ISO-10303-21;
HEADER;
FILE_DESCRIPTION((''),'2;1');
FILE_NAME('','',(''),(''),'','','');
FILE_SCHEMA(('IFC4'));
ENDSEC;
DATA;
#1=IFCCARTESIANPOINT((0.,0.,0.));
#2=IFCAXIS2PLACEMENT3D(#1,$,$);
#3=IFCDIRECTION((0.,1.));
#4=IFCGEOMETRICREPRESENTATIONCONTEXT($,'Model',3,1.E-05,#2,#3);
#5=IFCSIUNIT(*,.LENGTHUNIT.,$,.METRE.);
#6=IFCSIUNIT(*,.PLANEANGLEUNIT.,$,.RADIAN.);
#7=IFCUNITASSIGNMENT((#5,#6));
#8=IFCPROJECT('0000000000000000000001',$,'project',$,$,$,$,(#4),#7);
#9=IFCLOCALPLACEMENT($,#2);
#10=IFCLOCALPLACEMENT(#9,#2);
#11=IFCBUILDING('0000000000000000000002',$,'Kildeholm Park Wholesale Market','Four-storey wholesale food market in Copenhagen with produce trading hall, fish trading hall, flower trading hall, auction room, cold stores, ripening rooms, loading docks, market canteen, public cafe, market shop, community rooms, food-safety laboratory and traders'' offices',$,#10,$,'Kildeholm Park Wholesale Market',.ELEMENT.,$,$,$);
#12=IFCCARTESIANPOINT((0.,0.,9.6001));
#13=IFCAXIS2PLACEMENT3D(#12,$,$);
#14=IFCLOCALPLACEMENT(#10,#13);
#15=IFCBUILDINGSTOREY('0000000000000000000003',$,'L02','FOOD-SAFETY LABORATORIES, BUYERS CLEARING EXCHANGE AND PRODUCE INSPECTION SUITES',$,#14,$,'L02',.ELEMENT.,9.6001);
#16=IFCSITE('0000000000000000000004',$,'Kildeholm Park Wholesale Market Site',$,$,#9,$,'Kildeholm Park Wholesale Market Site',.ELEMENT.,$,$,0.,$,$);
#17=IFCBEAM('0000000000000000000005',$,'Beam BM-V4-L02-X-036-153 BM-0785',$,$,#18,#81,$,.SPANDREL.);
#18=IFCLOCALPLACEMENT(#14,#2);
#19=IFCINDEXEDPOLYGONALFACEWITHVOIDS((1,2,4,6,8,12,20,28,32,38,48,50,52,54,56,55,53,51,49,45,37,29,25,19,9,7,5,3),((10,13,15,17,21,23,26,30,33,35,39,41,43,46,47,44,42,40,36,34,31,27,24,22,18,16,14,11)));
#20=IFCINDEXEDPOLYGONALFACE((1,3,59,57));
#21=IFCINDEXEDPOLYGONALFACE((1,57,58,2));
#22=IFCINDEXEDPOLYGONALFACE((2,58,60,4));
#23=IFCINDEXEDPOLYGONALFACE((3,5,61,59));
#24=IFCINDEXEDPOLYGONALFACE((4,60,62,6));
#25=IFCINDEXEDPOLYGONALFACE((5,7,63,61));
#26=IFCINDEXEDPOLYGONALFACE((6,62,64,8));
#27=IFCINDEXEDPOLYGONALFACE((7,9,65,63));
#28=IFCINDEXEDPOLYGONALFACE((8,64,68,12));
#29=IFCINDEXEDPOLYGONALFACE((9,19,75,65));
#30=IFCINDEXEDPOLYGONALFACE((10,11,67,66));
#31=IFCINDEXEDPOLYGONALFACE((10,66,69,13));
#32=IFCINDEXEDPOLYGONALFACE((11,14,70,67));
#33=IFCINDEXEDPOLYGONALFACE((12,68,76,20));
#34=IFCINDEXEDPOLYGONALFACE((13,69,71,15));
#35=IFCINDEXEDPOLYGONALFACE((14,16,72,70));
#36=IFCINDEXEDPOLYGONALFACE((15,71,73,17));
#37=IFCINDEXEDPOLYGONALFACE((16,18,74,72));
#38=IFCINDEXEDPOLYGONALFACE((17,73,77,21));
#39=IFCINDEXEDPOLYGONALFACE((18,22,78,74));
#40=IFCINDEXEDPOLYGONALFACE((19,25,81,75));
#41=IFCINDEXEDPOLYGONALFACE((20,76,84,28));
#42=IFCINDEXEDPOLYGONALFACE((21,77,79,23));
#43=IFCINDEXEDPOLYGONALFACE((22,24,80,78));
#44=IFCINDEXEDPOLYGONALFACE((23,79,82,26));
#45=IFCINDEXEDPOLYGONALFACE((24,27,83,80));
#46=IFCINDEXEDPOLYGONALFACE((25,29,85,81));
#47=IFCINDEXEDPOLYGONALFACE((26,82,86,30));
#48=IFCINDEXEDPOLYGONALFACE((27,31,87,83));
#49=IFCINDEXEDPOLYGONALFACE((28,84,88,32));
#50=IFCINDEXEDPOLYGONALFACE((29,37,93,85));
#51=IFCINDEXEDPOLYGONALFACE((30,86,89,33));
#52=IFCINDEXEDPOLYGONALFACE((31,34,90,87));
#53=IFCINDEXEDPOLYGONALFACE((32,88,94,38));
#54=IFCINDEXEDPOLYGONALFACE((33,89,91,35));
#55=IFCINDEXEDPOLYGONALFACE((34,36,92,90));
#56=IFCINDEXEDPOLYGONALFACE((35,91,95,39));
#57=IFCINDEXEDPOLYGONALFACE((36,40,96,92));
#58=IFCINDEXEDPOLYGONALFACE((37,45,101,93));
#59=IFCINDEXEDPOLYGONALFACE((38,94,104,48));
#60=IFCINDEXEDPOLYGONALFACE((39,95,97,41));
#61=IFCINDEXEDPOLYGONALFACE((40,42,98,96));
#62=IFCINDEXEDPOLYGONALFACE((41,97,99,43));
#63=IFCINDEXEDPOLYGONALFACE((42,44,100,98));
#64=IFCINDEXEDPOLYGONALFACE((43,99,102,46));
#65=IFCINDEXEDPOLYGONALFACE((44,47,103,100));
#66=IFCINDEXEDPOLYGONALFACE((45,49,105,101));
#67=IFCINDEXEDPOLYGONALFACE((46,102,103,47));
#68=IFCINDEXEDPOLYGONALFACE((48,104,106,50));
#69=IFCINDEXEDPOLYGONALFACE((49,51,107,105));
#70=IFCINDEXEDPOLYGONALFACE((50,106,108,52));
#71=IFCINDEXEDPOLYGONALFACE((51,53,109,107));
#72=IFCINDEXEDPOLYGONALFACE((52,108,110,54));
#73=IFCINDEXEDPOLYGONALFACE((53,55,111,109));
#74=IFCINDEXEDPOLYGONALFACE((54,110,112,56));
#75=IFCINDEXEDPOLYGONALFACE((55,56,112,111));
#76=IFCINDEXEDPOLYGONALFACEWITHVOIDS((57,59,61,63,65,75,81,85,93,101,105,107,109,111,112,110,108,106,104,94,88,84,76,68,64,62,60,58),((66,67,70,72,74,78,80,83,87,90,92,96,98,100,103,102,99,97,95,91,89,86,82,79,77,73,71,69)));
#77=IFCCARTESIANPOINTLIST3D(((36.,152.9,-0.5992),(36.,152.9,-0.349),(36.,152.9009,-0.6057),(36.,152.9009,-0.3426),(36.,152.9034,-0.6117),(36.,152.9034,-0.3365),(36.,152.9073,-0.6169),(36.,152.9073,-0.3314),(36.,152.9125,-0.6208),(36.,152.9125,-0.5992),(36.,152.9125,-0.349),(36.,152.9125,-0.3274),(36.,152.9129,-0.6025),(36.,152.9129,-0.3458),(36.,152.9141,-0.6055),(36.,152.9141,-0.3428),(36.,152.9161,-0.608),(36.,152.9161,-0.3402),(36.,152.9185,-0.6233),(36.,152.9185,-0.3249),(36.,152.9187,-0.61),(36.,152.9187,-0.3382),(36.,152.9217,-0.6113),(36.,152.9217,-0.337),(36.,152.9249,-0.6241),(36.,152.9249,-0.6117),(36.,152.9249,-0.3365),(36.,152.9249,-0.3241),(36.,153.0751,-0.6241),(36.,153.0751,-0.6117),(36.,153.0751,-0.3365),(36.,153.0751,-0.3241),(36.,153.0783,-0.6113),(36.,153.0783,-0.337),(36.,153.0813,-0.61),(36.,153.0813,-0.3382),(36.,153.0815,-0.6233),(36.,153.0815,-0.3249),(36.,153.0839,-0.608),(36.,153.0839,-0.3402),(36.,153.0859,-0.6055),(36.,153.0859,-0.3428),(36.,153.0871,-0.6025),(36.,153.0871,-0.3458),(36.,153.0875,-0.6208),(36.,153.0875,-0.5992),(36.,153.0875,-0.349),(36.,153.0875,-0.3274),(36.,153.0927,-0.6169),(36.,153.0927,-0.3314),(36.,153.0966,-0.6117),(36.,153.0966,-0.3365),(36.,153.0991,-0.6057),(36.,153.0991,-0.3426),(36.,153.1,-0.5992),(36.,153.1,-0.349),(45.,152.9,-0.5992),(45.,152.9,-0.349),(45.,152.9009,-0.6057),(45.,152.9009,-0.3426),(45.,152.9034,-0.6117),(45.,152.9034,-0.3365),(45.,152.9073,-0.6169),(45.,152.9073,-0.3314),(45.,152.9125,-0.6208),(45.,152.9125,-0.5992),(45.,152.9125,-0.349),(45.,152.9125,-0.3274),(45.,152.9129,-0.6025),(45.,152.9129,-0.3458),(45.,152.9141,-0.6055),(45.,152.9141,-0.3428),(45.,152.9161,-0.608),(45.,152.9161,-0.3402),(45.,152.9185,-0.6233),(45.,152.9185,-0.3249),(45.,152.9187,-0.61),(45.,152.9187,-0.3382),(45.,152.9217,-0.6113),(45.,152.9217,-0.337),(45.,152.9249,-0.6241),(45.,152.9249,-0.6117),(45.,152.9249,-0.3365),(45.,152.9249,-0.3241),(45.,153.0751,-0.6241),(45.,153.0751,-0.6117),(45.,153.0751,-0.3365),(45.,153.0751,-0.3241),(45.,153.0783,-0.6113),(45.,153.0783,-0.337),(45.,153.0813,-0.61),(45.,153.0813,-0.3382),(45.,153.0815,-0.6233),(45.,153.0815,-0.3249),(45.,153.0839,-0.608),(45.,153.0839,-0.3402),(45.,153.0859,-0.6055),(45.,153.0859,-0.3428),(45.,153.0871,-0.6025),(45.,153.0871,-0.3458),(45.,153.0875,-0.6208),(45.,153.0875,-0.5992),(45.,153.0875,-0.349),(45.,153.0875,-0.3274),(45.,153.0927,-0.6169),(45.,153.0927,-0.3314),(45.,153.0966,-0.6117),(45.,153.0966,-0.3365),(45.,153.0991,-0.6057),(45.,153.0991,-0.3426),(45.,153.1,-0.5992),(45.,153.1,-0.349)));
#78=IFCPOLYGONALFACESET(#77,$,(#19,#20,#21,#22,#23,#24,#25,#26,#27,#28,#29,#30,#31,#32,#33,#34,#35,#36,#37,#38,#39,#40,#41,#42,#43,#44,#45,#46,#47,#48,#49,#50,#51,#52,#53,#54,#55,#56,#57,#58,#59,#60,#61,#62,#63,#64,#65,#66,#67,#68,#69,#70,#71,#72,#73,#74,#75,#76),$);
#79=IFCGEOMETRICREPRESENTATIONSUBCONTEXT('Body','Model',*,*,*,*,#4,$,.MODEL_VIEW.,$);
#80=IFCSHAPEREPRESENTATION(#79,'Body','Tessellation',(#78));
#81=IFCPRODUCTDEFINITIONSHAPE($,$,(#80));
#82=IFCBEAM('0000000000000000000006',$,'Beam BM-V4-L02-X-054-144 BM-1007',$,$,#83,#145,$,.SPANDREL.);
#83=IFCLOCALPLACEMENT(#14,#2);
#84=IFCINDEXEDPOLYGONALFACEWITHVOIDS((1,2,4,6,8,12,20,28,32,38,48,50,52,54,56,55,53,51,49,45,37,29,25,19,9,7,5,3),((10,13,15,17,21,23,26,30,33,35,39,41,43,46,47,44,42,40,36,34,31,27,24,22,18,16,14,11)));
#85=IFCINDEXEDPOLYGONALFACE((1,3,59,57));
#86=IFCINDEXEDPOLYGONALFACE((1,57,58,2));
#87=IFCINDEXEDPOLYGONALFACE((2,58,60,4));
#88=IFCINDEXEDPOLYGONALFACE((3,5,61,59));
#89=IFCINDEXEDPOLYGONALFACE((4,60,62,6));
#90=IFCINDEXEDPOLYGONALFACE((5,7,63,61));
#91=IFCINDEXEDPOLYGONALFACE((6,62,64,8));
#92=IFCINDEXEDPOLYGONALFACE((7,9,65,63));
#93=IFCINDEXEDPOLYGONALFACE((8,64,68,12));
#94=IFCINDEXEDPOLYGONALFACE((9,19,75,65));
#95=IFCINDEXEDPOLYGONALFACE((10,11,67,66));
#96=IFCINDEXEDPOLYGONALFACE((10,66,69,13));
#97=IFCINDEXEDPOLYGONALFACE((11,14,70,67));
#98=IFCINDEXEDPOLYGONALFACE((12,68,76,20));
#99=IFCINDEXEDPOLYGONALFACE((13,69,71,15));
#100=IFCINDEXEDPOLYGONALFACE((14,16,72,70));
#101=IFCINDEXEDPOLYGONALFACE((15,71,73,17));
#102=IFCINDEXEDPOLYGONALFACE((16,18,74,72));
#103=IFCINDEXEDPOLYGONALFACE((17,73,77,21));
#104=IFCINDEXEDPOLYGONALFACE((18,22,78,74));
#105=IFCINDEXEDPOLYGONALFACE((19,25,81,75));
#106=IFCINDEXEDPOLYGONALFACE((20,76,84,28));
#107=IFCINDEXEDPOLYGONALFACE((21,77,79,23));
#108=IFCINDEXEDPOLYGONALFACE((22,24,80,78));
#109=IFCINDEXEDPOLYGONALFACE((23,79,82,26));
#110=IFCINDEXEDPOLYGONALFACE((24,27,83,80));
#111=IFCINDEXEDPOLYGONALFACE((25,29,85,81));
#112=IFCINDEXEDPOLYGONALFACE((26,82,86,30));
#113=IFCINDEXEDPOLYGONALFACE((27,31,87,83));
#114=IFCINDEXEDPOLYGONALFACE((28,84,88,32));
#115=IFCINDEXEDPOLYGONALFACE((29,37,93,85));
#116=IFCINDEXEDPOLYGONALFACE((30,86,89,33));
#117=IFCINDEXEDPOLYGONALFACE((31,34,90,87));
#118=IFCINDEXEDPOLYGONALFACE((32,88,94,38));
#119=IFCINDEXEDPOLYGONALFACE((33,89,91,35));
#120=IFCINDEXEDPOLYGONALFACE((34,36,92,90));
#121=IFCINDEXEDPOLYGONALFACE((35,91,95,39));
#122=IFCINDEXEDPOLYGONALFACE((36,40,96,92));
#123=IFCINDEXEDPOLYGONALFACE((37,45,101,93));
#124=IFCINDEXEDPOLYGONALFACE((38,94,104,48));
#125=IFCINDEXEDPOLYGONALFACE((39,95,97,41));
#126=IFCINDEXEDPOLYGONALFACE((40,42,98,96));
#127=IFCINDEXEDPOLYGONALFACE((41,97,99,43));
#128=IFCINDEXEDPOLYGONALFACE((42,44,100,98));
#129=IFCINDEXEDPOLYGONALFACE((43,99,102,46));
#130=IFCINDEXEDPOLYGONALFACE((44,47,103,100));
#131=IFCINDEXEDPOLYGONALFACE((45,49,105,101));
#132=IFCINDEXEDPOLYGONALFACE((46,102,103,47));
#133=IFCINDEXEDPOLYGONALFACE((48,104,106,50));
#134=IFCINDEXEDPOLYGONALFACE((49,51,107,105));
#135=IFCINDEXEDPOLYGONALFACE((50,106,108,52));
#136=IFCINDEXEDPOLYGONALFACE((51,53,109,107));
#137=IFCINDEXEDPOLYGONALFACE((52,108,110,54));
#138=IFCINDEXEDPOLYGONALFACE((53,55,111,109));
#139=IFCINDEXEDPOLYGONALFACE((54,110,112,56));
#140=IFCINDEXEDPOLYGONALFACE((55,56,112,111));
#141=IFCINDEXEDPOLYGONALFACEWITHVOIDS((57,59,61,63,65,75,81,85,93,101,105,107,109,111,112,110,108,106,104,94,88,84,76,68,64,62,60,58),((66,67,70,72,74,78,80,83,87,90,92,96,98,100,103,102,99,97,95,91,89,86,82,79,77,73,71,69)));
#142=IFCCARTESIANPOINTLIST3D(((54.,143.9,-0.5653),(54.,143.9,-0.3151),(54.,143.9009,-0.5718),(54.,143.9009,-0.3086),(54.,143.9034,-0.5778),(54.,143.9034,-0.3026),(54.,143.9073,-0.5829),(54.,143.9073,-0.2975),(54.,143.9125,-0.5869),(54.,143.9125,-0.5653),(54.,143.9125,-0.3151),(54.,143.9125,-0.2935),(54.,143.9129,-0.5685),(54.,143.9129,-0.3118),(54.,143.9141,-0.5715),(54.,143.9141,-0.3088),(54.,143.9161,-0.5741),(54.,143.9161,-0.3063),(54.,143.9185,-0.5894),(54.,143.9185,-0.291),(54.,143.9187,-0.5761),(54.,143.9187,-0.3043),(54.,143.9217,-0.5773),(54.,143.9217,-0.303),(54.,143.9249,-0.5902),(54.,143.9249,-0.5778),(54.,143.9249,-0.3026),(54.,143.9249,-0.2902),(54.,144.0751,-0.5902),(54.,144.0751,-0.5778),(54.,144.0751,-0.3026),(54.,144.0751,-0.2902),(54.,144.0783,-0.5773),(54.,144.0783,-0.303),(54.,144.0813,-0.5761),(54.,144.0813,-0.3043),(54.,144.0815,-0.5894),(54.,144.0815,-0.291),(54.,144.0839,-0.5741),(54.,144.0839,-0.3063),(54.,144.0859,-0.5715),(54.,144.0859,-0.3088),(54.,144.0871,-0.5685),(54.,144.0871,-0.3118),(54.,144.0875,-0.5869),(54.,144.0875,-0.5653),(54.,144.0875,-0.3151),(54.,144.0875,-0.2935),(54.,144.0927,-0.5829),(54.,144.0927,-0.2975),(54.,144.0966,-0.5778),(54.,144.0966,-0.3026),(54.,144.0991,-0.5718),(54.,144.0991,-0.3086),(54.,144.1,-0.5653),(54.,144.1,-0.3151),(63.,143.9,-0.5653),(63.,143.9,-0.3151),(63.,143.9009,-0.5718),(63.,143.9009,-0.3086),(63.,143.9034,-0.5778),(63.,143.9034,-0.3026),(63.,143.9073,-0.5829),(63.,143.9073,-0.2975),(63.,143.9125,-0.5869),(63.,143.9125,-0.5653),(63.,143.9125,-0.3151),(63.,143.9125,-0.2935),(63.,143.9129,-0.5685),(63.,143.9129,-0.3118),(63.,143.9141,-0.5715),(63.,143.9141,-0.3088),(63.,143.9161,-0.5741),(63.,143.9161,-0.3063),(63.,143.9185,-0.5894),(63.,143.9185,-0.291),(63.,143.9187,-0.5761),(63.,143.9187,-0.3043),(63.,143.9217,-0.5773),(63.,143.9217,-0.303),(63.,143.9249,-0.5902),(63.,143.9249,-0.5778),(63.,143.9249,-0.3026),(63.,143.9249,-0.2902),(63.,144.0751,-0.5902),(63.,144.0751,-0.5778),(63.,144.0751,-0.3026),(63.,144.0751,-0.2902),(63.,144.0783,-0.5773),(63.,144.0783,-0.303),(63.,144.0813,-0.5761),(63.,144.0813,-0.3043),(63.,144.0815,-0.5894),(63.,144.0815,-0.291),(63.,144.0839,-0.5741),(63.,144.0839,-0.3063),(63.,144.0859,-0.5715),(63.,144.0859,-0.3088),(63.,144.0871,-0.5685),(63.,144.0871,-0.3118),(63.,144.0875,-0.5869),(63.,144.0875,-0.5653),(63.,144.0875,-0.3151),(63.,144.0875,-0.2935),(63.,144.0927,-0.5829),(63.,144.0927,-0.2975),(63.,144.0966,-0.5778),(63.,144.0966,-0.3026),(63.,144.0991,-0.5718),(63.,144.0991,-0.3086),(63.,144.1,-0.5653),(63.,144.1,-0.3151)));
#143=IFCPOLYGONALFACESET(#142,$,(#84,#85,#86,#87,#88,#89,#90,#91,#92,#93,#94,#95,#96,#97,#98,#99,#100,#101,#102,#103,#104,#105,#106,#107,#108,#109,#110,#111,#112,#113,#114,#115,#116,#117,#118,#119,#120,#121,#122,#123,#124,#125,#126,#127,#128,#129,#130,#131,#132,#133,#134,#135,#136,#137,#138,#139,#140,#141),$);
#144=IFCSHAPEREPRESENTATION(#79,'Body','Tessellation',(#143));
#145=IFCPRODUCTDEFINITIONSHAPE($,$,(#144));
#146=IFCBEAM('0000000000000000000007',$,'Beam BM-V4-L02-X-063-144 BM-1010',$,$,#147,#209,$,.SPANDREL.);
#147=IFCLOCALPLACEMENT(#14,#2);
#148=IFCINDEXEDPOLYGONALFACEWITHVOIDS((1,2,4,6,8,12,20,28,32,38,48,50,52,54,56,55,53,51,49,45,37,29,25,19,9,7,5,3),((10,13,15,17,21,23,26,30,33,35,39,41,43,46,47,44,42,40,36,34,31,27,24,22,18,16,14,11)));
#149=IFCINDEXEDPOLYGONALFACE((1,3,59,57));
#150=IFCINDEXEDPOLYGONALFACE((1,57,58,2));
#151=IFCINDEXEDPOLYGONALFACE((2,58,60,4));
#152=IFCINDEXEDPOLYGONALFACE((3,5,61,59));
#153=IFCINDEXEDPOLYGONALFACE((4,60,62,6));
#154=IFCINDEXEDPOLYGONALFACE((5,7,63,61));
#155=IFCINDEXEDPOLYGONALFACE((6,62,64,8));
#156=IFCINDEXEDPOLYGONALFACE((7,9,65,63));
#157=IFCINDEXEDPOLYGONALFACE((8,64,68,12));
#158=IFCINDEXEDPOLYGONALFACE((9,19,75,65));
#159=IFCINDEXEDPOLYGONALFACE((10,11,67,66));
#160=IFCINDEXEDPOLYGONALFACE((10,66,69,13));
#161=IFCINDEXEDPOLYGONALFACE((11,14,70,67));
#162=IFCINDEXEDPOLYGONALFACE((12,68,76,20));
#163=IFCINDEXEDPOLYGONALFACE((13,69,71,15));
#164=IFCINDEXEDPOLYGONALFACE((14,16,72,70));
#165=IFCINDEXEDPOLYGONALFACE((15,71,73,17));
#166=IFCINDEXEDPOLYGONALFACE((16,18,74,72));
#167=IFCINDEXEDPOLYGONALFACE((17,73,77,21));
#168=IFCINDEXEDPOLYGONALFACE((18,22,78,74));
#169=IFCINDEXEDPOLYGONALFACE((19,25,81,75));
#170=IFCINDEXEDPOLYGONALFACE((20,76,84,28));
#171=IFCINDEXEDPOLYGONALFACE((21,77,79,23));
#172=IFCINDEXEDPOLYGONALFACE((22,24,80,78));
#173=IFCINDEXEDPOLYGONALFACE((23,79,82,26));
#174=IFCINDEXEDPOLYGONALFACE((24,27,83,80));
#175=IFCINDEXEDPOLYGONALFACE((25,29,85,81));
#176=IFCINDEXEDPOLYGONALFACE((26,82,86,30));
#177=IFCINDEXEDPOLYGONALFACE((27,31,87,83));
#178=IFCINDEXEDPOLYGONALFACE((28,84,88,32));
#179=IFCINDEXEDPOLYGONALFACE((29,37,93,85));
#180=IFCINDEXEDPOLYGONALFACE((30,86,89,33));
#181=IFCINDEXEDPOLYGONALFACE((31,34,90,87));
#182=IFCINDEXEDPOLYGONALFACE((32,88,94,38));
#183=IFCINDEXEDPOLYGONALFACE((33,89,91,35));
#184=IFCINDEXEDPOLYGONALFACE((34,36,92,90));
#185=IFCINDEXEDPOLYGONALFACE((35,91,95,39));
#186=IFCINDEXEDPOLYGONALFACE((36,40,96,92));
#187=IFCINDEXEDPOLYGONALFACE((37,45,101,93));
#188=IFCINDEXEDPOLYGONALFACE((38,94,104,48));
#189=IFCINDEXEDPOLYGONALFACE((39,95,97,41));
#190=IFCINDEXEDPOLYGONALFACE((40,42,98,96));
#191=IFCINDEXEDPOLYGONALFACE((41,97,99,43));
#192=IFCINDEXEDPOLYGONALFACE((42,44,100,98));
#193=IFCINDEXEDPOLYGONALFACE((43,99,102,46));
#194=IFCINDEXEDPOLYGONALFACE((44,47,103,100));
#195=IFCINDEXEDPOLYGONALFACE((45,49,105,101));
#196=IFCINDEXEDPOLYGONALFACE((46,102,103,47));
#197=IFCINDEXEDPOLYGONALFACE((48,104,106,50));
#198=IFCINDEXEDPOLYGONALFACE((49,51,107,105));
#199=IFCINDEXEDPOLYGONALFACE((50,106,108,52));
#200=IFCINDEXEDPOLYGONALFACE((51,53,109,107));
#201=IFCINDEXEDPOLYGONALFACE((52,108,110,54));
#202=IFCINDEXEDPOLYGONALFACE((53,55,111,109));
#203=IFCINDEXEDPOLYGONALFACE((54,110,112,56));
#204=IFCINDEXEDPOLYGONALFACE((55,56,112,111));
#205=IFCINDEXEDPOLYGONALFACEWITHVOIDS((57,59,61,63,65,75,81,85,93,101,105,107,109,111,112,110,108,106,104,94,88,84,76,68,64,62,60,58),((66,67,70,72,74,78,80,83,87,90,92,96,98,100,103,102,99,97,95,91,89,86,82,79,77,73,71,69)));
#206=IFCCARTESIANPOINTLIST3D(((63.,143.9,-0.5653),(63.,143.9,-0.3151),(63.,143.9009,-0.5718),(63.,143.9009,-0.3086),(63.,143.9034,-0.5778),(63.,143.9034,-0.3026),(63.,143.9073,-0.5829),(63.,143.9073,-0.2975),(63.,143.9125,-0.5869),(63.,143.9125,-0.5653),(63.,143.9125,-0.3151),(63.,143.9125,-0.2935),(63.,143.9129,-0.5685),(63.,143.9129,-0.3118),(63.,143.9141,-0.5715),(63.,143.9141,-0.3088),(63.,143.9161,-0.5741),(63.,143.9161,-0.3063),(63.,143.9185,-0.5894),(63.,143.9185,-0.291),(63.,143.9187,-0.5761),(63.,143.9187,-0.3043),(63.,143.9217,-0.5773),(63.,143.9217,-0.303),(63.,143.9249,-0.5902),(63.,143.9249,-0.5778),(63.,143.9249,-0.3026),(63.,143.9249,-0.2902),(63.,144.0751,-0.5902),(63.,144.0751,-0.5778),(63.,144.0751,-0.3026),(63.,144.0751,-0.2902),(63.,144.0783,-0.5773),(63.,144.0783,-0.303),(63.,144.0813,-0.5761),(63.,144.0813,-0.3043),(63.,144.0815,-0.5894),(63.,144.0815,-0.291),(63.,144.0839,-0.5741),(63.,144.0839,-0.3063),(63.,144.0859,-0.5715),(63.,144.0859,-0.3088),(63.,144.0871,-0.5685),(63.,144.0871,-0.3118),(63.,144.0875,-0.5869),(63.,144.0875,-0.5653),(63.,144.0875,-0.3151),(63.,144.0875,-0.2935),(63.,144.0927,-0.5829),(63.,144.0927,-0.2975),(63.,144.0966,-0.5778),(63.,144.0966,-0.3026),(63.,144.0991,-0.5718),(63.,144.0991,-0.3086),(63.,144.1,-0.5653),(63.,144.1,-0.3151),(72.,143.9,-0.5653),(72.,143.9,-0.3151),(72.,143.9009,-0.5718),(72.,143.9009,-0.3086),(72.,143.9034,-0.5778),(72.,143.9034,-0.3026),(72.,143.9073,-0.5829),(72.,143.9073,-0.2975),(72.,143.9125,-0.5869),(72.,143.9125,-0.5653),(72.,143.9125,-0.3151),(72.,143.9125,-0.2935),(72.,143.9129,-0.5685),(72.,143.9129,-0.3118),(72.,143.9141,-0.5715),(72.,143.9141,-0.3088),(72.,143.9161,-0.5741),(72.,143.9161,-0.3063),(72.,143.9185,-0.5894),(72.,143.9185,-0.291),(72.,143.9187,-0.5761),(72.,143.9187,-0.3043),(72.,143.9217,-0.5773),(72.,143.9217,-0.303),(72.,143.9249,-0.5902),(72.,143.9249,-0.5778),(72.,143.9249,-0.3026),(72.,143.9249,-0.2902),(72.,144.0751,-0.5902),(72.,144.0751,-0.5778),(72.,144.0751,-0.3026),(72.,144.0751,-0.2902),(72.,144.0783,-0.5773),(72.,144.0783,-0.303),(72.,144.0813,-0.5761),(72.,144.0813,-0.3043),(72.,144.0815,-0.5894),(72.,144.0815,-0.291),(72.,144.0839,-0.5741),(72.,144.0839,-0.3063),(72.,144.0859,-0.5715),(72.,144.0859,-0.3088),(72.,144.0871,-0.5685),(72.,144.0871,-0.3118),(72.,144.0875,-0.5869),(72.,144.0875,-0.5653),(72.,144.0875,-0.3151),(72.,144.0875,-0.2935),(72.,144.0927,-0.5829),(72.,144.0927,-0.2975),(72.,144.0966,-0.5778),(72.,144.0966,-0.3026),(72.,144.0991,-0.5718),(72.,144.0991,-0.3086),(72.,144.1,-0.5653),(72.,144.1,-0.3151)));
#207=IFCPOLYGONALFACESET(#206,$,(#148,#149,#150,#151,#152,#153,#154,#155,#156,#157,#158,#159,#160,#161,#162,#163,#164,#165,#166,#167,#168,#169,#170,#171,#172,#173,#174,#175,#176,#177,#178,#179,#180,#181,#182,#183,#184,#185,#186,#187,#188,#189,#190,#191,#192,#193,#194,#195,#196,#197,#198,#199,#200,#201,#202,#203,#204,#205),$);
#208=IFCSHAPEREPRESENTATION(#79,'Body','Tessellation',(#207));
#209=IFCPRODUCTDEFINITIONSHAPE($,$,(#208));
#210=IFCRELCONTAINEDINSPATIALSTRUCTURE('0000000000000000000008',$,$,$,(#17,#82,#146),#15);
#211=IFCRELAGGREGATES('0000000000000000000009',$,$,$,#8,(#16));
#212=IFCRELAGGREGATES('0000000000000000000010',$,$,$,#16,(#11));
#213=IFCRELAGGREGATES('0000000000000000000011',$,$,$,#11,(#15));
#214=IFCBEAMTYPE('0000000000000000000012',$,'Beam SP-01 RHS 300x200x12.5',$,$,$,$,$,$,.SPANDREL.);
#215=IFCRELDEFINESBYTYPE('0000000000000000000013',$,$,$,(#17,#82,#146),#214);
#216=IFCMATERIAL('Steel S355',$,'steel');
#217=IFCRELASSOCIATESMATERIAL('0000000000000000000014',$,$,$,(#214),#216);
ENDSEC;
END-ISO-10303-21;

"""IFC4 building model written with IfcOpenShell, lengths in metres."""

from ifc_helpers import new_model, si_unit, direction, frame, origin, origin_2d, place, context, subcontext, project, spatial, hollow_rectangle, extrude, material, material_profile, profile_set, type_object, element, save


model = new_model("IFC4")

# Units and contexts
model_context = context("Model", 3, precision=1e-05, world=origin(), true_north=direction((0.0, 1.0)))
body_context = subcontext(model_context, "Body", "Model", "MODEL_VIEW")
ifc_project = project(units=[si_unit("LENGTHUNIT", "METRE"), si_unit("PLANEANGLEUNIT", "RADIAN")], contexts=[model_context])

# Site, building, storey
site_placement = place(None, origin())
site = spatial("IfcSite", under=ifc_project, at=site_placement, Name="Kildeholm Park Wholesale Market Site", LongName="Kildeholm Park Wholesale Market Site", CompositionType="ELEMENT", RefElevation=0.0)
building_placement = place(site_placement, origin())
building = spatial("IfcBuilding", under=site, at=building_placement, Name="Kildeholm Park Wholesale Market", Description="Four-storey wholesale food market in Copenhagen with produce trading hall, fish trading hall, flower trading hall, auction room, cold stores, ripening rooms, loading docks, market canteen, public cafe, market shop, community rooms, food-safety laboratory and traders' offices", LongName="Kildeholm Park Wholesale Market", CompositionType="ELEMENT")
storey_placement = place(building_placement, frame((0.0, 0.0, 9.6001)))
storey = spatial("IfcBuildingStorey", under=building, at=storey_placement, Name="L02", Description="FOOD-SAFETY LABORATORIES, BUYERS CLEARING EXCHANGE AND PRODUCE INSPECTION SUITES", LongName="L02", CompositionType="ELEMENT", Elevation=9.6001)

# Beams
ifc_material_1 = material(Name="Steel S355", Category="steel")
ifc_material_profile_1 = material_profile(ifc_material_1, hollow_rectangle(XDim=0.2, YDim=0.3, WallThickness=0.0125, InnerFilletRadius=0.0125, OuterFilletRadius=0.0249, at=origin_2d()), Name="RHS 300x200x12.5")
ifc_profile_set_1 = profile_set([ifc_material_profile_1], Name="Steel S355")
beam_type_1 = type_object("IfcBeamType", Name="Beam SP-01 RHS 300x200x12.5", PredefinedType="SPANDREL", material=ifc_profile_set_1)
for number, where, z_axis, x_axis, name in (
    (1, (36.0, 153.0, -0.4741), (1.0, 0.0, 0.0), (0.0, 1.0, 0.0), "Beam BM-V4-L02-X-036-153 BM-0785"),
    (2, (54.0, 144.0, -0.4402), (1.0, 0.0, 0.0), (0.0, 1.0, 0.0), "Beam BM-V4-L02-X-054-144 BM-1007"),
    (3, (63.0, 144.0, -0.4402), (1.0, 0.0, 0.0), (0.0, 1.0, 0.0), "Beam BM-V4-L02-X-063-144 BM-1010"),
):
    element("IfcBeam", number, at=place(storey_placement, frame(where, z_axis=z_axis, x_axis=x_axis)), inside=storey, type_object=beam_type_1, Name=name, PredefinedType="SPANDREL", context=body_context, shape_type="SweptSolid", body=[
        extrude(hollow_rectangle(XDim=0.2, YDim=0.3, WallThickness=0.0125, InnerFilletRadius=0.0125, OuterFilletRadius=0.0249, at=origin_2d()), origin(), (0.0, 0.0, 1.0), 9.0),
    ])

save(model, "model.ifc")
